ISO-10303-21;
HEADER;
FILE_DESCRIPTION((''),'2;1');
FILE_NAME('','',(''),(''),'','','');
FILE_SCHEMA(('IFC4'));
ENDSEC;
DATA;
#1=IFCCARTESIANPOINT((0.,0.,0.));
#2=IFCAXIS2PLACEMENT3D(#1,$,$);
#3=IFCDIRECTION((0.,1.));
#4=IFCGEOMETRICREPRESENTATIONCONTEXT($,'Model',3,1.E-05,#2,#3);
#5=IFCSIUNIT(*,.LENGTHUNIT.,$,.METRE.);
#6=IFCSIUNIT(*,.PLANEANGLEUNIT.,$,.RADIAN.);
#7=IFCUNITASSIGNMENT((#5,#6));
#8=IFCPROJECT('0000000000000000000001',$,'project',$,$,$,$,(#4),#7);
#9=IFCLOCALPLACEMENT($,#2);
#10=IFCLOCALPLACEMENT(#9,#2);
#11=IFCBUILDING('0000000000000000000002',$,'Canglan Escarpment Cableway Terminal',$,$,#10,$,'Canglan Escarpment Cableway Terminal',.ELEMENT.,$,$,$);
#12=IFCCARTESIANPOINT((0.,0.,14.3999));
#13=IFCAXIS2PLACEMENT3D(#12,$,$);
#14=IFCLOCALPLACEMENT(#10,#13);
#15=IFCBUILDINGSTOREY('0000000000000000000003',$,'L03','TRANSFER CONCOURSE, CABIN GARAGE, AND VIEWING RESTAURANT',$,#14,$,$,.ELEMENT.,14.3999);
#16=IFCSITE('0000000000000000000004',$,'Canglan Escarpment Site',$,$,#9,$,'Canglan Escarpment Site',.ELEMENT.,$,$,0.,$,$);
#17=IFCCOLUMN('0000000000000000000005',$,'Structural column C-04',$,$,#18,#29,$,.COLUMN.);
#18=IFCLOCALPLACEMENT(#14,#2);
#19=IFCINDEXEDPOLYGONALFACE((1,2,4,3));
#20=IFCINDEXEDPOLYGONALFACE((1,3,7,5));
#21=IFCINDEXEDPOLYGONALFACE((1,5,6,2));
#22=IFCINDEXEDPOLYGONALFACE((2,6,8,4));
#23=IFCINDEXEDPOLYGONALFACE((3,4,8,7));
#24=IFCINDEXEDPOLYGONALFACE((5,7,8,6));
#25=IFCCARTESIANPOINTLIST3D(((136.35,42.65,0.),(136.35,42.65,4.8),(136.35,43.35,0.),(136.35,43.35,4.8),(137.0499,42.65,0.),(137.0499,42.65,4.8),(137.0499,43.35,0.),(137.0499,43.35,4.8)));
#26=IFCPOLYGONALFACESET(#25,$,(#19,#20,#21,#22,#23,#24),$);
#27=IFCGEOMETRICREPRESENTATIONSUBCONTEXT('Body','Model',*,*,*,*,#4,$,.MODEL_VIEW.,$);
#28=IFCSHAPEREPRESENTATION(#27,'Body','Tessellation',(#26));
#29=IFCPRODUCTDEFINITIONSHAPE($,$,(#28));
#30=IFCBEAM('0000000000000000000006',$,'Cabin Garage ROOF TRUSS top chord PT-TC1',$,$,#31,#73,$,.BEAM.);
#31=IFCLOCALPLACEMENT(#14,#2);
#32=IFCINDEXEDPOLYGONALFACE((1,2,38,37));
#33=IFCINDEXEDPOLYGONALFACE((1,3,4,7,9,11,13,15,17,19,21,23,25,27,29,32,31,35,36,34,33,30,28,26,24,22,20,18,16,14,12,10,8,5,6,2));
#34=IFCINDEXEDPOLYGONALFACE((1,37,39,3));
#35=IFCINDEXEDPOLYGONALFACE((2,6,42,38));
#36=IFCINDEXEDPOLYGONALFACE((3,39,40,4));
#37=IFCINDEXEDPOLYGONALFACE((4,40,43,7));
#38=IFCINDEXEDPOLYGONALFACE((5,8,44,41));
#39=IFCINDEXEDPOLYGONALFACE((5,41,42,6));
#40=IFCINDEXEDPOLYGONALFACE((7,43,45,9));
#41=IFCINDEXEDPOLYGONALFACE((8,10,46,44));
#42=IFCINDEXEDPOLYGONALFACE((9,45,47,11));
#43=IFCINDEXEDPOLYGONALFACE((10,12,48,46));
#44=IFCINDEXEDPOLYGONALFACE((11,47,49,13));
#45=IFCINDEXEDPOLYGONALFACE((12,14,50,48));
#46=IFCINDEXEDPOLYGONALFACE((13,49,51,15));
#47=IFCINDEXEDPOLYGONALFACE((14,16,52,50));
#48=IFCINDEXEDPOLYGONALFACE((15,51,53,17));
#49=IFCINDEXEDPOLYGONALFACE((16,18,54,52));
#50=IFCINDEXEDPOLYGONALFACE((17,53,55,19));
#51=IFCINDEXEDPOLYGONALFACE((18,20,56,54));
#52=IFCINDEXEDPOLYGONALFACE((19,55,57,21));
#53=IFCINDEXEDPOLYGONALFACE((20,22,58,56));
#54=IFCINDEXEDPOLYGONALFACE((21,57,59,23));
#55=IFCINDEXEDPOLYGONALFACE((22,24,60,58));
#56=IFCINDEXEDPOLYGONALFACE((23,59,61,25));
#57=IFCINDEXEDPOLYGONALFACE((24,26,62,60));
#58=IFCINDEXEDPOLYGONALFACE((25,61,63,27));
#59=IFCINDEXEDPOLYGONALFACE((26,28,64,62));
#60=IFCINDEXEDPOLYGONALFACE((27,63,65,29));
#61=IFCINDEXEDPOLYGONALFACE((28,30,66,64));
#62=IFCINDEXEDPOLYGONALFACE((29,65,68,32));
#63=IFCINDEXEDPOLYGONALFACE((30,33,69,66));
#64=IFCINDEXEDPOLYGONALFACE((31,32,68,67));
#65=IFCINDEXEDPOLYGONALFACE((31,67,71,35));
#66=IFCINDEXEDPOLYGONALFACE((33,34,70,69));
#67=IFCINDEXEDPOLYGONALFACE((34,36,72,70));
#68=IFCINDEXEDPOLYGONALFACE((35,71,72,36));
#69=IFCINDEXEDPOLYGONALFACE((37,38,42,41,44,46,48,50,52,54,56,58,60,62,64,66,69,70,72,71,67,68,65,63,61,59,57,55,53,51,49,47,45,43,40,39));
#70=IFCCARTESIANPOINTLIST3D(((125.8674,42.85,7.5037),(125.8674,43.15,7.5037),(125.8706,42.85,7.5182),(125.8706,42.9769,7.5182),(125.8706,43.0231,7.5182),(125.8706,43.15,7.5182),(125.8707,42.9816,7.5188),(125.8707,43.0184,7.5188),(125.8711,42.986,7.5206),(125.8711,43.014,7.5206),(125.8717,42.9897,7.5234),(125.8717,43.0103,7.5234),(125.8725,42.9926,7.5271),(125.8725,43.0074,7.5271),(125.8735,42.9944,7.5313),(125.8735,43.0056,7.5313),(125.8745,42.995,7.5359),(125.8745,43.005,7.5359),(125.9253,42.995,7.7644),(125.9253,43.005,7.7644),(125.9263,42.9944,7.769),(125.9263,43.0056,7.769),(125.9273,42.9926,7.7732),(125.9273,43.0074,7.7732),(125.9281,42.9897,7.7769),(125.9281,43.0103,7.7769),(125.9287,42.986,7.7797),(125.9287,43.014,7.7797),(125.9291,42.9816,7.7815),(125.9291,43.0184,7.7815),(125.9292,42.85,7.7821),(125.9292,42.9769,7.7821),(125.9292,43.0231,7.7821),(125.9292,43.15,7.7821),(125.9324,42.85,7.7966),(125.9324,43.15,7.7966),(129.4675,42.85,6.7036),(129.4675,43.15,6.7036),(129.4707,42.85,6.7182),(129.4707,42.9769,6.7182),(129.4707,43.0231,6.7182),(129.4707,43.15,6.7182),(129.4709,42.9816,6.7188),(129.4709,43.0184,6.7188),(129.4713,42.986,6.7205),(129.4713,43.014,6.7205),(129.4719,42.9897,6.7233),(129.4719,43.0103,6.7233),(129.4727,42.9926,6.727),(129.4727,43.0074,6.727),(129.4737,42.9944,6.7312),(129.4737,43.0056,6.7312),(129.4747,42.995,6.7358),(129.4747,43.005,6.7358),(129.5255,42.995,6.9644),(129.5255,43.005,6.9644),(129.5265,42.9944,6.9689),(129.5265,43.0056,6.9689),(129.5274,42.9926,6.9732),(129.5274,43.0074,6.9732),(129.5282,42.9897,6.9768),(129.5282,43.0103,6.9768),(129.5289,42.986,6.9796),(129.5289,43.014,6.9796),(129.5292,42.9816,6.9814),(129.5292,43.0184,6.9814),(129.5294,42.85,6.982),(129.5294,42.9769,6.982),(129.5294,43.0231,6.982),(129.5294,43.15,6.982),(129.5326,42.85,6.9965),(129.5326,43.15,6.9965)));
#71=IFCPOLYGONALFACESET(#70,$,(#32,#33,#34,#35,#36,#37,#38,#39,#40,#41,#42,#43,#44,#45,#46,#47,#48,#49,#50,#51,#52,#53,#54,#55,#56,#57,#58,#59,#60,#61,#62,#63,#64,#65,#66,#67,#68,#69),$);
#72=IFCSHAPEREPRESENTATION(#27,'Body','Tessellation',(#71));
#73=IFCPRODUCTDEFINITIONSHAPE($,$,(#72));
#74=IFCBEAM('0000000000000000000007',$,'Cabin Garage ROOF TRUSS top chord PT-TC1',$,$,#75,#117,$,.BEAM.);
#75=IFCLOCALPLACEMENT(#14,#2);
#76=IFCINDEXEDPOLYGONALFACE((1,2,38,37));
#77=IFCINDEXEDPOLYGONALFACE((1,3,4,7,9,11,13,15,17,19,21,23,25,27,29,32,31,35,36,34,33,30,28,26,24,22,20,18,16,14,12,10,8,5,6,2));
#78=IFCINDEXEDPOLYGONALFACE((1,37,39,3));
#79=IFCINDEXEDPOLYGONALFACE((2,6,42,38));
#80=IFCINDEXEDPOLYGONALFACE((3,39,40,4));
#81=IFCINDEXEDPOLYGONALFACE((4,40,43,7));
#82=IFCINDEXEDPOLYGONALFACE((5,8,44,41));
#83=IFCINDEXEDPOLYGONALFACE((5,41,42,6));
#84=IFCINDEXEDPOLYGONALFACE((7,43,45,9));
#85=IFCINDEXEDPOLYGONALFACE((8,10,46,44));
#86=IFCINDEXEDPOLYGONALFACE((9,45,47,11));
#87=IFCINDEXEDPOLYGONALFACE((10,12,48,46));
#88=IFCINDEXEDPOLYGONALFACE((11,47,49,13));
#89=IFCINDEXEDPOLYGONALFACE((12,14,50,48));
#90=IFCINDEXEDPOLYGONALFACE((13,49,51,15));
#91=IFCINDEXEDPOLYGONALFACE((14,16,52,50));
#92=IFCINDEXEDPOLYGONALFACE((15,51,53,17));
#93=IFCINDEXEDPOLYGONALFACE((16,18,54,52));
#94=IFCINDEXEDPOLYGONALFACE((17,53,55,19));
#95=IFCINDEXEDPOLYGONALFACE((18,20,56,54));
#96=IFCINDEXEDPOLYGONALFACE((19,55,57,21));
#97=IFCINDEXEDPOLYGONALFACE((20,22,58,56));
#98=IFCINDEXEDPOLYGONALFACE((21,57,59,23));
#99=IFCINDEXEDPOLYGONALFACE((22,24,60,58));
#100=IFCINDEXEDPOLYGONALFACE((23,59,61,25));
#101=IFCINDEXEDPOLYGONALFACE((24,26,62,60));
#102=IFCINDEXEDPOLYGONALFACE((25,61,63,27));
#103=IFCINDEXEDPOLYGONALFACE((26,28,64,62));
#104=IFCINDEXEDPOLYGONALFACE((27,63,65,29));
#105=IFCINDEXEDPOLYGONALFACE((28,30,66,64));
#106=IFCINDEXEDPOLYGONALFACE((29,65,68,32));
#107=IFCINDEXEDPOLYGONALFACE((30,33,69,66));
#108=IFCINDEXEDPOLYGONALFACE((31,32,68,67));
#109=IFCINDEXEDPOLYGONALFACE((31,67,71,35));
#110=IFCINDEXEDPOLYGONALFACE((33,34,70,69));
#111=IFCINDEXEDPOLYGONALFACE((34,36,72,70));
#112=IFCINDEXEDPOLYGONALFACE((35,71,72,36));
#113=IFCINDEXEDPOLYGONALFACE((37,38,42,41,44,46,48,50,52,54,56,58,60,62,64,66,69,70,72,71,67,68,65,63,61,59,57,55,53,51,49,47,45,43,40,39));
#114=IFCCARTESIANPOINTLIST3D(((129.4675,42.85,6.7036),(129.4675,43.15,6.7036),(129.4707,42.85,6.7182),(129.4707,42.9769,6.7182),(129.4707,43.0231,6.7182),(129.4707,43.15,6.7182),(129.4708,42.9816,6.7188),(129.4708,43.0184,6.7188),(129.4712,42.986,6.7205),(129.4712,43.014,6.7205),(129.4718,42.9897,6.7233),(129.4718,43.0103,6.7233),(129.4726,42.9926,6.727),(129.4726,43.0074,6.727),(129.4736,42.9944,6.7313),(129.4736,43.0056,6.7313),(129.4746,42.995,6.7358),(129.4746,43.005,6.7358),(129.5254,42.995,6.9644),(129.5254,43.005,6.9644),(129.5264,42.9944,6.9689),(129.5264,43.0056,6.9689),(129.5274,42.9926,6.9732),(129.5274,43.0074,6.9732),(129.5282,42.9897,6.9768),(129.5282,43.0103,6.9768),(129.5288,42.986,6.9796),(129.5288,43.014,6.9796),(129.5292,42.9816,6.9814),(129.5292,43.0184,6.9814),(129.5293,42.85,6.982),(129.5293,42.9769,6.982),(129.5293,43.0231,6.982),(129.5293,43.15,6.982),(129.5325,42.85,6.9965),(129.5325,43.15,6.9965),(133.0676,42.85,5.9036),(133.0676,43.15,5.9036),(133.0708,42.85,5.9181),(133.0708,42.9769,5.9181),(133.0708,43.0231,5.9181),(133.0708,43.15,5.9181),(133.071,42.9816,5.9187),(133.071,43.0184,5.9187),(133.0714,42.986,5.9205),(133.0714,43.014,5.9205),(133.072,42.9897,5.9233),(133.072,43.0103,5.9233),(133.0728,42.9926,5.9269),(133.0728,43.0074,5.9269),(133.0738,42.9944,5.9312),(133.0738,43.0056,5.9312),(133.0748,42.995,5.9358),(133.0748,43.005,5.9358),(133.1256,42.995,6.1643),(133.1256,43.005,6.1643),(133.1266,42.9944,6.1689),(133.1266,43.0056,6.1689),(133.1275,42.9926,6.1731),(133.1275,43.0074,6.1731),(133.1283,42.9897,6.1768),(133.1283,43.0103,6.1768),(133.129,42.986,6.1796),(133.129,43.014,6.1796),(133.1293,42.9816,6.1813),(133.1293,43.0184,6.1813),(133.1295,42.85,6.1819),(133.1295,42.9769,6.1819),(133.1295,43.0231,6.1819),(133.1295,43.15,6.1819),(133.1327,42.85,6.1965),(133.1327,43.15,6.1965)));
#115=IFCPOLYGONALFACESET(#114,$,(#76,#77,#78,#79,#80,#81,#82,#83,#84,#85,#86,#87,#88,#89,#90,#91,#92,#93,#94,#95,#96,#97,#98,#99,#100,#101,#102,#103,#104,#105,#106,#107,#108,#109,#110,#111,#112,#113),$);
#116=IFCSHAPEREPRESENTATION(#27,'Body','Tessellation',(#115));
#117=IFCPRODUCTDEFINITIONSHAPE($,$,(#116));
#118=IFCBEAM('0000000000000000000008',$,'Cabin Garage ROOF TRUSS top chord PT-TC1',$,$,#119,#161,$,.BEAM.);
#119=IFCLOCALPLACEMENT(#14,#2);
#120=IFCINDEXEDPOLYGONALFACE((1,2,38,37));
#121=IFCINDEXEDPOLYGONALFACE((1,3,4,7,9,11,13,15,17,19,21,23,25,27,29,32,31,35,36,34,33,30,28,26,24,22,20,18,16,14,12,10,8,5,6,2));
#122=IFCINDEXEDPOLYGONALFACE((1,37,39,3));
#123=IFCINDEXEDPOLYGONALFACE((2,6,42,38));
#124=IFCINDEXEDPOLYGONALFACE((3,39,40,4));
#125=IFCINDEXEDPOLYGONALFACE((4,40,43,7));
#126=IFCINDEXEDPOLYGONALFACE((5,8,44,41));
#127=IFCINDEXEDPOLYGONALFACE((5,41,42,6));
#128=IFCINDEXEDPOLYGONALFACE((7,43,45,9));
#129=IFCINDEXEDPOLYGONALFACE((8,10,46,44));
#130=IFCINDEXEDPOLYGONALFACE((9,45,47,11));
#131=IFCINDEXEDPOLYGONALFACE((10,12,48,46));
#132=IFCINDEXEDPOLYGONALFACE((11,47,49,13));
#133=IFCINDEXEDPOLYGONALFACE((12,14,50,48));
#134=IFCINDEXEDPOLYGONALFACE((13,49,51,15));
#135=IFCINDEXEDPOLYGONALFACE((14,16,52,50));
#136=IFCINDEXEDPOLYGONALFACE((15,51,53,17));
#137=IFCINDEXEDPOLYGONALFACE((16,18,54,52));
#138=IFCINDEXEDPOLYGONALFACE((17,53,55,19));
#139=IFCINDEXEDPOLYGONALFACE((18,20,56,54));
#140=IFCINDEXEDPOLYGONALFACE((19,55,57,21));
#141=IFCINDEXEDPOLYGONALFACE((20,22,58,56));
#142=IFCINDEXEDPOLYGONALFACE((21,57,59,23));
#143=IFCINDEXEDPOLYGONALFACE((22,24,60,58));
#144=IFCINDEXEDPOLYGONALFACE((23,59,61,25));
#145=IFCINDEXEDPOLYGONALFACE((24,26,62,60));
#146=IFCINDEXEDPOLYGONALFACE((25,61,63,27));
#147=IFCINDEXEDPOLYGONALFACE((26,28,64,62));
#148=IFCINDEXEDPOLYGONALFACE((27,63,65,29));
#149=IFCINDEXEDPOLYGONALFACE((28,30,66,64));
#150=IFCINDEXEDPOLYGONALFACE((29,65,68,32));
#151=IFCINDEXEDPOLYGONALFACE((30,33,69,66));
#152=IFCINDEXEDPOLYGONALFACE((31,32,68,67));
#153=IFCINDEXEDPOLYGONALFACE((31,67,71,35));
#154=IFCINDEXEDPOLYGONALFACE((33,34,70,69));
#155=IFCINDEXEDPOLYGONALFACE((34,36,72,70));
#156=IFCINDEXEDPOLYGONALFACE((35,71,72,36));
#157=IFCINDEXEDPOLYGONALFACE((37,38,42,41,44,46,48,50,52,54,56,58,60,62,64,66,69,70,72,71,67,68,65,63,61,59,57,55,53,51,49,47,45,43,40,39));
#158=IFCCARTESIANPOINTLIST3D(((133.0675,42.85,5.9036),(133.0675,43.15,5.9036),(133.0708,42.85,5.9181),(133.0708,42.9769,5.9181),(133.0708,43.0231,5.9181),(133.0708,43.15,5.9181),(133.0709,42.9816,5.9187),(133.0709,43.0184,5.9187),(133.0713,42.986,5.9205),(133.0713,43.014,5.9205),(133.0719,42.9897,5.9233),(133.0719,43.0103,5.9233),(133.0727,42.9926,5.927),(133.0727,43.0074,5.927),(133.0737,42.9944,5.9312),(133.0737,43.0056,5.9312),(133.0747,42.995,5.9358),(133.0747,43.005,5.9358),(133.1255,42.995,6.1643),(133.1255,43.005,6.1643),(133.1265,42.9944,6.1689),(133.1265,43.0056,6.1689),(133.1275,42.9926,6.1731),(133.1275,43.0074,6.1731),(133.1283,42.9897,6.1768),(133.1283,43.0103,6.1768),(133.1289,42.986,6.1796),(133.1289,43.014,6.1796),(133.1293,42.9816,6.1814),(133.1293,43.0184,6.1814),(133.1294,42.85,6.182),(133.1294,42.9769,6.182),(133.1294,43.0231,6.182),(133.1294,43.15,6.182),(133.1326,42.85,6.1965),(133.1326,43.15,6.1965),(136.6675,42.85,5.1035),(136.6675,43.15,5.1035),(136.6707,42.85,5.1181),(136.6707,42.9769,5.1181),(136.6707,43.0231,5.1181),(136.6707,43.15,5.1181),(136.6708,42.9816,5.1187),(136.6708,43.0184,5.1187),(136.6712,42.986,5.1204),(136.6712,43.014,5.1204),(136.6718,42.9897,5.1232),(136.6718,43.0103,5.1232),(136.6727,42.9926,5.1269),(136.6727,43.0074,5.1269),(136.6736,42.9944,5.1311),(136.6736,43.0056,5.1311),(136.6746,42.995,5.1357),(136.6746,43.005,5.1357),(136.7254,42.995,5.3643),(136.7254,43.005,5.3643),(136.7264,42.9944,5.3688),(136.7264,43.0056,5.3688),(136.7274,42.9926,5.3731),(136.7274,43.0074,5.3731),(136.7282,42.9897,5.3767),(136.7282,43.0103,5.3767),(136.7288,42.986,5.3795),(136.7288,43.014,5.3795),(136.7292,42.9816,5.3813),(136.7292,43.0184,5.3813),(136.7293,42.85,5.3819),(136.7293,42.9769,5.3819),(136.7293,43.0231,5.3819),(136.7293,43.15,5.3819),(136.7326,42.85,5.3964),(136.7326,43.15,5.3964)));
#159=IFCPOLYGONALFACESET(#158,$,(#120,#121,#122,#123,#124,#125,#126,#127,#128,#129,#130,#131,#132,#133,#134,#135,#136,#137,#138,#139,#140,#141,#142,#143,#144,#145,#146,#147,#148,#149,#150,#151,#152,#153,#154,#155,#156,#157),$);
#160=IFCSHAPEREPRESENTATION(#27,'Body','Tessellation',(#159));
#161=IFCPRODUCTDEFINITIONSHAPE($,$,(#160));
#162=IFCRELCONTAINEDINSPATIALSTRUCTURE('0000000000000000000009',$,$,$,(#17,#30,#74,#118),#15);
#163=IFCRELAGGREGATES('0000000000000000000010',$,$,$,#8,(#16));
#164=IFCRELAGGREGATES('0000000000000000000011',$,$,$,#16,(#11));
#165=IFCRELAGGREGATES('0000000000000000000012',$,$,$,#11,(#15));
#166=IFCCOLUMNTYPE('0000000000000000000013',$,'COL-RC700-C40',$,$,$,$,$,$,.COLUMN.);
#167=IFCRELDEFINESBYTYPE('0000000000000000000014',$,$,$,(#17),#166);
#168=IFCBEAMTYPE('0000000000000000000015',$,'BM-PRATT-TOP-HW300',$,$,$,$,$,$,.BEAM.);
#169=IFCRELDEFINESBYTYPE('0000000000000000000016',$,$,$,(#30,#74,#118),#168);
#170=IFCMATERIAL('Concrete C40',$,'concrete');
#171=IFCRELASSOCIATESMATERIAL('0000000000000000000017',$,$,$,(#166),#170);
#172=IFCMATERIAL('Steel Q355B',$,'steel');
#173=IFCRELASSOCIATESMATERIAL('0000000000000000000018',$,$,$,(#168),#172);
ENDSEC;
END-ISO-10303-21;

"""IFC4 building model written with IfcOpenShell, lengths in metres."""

from ifc_helpers import new_model, si_unit, direction, frame, origin, origin_2d, place, context, subcontext, project, spatial, rectangle, i_section, extrude, material, material_profile, profile_set, type_object, element, save


model = new_model("IFC4")

# Units and contexts
model_context = context("Model", 3, precision=1e-05, world=origin(), true_north=direction((0.0, 1.0)))
body_context = subcontext(model_context, "Body", "Model", "MODEL_VIEW")
ifc_project = project(units=[si_unit("LENGTHUNIT", "METRE"), si_unit("PLANEANGLEUNIT", "RADIAN")], contexts=[model_context])

# Site, building, storey
site_placement = place(None, origin())
site = spatial("IfcSite", under=ifc_project, at=site_placement, Name="Canglan Escarpment Site", LongName="Canglan Escarpment Site", CompositionType="ELEMENT", RefElevation=0.0)
building_placement = place(site_placement, origin())
building = spatial("IfcBuilding", under=site, at=building_placement, Name="Canglan Escarpment Cableway Terminal", LongName="Canglan Escarpment Cableway Terminal", CompositionType="ELEMENT")
storey_placement = place(building_placement, frame((0.0, 0.0, 14.3999)))
storey = spatial("IfcBuildingStorey", under=building, at=storey_placement, Name="L03", Description="TRANSFER CONCOURSE, CABIN GARAGE, AND VIEWING RESTAURANT", CompositionType="ELEMENT", Elevation=14.3999)

# Column
ifc_material_1 = material(Name="Concrete C40", Category="concrete")
ifc_material_profile_1 = material_profile(ifc_material_1, rectangle(XDim=0.7, YDim=0.7, at=origin_2d()), Name="RC 700x700")
ifc_profile_set_1 = profile_set([ifc_material_profile_1], Name="Concrete C40")
column_type = type_object("IfcColumnType", Name="COL-RC700-C40", PredefinedType="COLUMN", material=ifc_profile_set_1)
column_placement = place(storey_placement, frame((136.7, 43.0, 0.0), z_axis=(0.0, 0.0, 1.0), x_axis=(1.0, 0.0, 0.0)))
element("IfcColumn", 1, at=column_placement, inside=storey, type_object=column_type, Name="Structural column C-04", PredefinedType="COLUMN", context=body_context, shape_type="SweptSolid", body=[
    extrude(rectangle(XDim=0.7, YDim=0.7, at=origin_2d()), origin(), (0.0, 0.0, 1.0), 4.8),
])

# Beams
ifc_material_2 = material(Name="Steel Q355B", Category="steel")
ifc_material_profile_2 = material_profile(ifc_material_2, i_section(OverallWidth=0.3, OverallDepth=0.3, WebThickness=0.01, FlangeThickness=0.0149, FilletRadius=0.0181, at=origin_2d()), Name="HW 300x300x10x15")
ifc_profile_set_2 = profile_set([ifc_material_profile_2], Name="Steel Q355B")
beam_type = type_object("IfcBeamType", Name="BM-PRATT-TOP-HW300", PredefinedType="BEAM", material=ifc_profile_set_2)
for number, where, z_axis, x_axis, name in (
    (2, (125.8999, 43.0, 7.6501), (0.976186, 0.0, -0.216937), (0.0, 1.0, 0.0), "Cabin Garage ROOF TRUSS top chord PT-TC1"),
    (3, (129.5, 43.0, 6.8501), (0.976186, 0.0, -0.216937), (0.0, 1.0, 0.0), "Cabin Garage ROOF TRUSS top chord PT-TC1"),
):
    element("IfcBeam", number, at=place(storey_placement, frame(where, z_axis=z_axis, x_axis=x_axis)), inside=storey, type_object=beam_type, Name=name, PredefinedType="BEAM", context=body_context, shape_type="SweptSolid", body=[
        extrude(i_section(OverallWidth=0.3, OverallDepth=0.3, WebThickness=0.01, FlangeThickness=0.0149, FilletRadius=0.0181, at=origin_2d()), origin(), (0.0, 0.0, 1.0), 3.688),
    ])
beam_placement = place(storey_placement, frame((133.1001, 43.0, 6.05), z_axis=(0.976182, 0.0, -0.216951), x_axis=(0.0, 1.0, 0.0)))
element("IfcBeam", 4, at=beam_placement, inside=storey, type_object=beam_type, Name="Cabin Garage ROOF TRUSS top chord PT-TC1", PredefinedType="BEAM", context=body_context, shape_type="SweptSolid", body=[
    extrude(i_section(OverallWidth=0.3, OverallDepth=0.3, WebThickness=0.01, FlangeThickness=0.0149, FilletRadius=0.0181, at=origin_2d()), origin(), (0.0, 0.0, 1.0), 3.6877),
])

save(model, "model.ifc")
